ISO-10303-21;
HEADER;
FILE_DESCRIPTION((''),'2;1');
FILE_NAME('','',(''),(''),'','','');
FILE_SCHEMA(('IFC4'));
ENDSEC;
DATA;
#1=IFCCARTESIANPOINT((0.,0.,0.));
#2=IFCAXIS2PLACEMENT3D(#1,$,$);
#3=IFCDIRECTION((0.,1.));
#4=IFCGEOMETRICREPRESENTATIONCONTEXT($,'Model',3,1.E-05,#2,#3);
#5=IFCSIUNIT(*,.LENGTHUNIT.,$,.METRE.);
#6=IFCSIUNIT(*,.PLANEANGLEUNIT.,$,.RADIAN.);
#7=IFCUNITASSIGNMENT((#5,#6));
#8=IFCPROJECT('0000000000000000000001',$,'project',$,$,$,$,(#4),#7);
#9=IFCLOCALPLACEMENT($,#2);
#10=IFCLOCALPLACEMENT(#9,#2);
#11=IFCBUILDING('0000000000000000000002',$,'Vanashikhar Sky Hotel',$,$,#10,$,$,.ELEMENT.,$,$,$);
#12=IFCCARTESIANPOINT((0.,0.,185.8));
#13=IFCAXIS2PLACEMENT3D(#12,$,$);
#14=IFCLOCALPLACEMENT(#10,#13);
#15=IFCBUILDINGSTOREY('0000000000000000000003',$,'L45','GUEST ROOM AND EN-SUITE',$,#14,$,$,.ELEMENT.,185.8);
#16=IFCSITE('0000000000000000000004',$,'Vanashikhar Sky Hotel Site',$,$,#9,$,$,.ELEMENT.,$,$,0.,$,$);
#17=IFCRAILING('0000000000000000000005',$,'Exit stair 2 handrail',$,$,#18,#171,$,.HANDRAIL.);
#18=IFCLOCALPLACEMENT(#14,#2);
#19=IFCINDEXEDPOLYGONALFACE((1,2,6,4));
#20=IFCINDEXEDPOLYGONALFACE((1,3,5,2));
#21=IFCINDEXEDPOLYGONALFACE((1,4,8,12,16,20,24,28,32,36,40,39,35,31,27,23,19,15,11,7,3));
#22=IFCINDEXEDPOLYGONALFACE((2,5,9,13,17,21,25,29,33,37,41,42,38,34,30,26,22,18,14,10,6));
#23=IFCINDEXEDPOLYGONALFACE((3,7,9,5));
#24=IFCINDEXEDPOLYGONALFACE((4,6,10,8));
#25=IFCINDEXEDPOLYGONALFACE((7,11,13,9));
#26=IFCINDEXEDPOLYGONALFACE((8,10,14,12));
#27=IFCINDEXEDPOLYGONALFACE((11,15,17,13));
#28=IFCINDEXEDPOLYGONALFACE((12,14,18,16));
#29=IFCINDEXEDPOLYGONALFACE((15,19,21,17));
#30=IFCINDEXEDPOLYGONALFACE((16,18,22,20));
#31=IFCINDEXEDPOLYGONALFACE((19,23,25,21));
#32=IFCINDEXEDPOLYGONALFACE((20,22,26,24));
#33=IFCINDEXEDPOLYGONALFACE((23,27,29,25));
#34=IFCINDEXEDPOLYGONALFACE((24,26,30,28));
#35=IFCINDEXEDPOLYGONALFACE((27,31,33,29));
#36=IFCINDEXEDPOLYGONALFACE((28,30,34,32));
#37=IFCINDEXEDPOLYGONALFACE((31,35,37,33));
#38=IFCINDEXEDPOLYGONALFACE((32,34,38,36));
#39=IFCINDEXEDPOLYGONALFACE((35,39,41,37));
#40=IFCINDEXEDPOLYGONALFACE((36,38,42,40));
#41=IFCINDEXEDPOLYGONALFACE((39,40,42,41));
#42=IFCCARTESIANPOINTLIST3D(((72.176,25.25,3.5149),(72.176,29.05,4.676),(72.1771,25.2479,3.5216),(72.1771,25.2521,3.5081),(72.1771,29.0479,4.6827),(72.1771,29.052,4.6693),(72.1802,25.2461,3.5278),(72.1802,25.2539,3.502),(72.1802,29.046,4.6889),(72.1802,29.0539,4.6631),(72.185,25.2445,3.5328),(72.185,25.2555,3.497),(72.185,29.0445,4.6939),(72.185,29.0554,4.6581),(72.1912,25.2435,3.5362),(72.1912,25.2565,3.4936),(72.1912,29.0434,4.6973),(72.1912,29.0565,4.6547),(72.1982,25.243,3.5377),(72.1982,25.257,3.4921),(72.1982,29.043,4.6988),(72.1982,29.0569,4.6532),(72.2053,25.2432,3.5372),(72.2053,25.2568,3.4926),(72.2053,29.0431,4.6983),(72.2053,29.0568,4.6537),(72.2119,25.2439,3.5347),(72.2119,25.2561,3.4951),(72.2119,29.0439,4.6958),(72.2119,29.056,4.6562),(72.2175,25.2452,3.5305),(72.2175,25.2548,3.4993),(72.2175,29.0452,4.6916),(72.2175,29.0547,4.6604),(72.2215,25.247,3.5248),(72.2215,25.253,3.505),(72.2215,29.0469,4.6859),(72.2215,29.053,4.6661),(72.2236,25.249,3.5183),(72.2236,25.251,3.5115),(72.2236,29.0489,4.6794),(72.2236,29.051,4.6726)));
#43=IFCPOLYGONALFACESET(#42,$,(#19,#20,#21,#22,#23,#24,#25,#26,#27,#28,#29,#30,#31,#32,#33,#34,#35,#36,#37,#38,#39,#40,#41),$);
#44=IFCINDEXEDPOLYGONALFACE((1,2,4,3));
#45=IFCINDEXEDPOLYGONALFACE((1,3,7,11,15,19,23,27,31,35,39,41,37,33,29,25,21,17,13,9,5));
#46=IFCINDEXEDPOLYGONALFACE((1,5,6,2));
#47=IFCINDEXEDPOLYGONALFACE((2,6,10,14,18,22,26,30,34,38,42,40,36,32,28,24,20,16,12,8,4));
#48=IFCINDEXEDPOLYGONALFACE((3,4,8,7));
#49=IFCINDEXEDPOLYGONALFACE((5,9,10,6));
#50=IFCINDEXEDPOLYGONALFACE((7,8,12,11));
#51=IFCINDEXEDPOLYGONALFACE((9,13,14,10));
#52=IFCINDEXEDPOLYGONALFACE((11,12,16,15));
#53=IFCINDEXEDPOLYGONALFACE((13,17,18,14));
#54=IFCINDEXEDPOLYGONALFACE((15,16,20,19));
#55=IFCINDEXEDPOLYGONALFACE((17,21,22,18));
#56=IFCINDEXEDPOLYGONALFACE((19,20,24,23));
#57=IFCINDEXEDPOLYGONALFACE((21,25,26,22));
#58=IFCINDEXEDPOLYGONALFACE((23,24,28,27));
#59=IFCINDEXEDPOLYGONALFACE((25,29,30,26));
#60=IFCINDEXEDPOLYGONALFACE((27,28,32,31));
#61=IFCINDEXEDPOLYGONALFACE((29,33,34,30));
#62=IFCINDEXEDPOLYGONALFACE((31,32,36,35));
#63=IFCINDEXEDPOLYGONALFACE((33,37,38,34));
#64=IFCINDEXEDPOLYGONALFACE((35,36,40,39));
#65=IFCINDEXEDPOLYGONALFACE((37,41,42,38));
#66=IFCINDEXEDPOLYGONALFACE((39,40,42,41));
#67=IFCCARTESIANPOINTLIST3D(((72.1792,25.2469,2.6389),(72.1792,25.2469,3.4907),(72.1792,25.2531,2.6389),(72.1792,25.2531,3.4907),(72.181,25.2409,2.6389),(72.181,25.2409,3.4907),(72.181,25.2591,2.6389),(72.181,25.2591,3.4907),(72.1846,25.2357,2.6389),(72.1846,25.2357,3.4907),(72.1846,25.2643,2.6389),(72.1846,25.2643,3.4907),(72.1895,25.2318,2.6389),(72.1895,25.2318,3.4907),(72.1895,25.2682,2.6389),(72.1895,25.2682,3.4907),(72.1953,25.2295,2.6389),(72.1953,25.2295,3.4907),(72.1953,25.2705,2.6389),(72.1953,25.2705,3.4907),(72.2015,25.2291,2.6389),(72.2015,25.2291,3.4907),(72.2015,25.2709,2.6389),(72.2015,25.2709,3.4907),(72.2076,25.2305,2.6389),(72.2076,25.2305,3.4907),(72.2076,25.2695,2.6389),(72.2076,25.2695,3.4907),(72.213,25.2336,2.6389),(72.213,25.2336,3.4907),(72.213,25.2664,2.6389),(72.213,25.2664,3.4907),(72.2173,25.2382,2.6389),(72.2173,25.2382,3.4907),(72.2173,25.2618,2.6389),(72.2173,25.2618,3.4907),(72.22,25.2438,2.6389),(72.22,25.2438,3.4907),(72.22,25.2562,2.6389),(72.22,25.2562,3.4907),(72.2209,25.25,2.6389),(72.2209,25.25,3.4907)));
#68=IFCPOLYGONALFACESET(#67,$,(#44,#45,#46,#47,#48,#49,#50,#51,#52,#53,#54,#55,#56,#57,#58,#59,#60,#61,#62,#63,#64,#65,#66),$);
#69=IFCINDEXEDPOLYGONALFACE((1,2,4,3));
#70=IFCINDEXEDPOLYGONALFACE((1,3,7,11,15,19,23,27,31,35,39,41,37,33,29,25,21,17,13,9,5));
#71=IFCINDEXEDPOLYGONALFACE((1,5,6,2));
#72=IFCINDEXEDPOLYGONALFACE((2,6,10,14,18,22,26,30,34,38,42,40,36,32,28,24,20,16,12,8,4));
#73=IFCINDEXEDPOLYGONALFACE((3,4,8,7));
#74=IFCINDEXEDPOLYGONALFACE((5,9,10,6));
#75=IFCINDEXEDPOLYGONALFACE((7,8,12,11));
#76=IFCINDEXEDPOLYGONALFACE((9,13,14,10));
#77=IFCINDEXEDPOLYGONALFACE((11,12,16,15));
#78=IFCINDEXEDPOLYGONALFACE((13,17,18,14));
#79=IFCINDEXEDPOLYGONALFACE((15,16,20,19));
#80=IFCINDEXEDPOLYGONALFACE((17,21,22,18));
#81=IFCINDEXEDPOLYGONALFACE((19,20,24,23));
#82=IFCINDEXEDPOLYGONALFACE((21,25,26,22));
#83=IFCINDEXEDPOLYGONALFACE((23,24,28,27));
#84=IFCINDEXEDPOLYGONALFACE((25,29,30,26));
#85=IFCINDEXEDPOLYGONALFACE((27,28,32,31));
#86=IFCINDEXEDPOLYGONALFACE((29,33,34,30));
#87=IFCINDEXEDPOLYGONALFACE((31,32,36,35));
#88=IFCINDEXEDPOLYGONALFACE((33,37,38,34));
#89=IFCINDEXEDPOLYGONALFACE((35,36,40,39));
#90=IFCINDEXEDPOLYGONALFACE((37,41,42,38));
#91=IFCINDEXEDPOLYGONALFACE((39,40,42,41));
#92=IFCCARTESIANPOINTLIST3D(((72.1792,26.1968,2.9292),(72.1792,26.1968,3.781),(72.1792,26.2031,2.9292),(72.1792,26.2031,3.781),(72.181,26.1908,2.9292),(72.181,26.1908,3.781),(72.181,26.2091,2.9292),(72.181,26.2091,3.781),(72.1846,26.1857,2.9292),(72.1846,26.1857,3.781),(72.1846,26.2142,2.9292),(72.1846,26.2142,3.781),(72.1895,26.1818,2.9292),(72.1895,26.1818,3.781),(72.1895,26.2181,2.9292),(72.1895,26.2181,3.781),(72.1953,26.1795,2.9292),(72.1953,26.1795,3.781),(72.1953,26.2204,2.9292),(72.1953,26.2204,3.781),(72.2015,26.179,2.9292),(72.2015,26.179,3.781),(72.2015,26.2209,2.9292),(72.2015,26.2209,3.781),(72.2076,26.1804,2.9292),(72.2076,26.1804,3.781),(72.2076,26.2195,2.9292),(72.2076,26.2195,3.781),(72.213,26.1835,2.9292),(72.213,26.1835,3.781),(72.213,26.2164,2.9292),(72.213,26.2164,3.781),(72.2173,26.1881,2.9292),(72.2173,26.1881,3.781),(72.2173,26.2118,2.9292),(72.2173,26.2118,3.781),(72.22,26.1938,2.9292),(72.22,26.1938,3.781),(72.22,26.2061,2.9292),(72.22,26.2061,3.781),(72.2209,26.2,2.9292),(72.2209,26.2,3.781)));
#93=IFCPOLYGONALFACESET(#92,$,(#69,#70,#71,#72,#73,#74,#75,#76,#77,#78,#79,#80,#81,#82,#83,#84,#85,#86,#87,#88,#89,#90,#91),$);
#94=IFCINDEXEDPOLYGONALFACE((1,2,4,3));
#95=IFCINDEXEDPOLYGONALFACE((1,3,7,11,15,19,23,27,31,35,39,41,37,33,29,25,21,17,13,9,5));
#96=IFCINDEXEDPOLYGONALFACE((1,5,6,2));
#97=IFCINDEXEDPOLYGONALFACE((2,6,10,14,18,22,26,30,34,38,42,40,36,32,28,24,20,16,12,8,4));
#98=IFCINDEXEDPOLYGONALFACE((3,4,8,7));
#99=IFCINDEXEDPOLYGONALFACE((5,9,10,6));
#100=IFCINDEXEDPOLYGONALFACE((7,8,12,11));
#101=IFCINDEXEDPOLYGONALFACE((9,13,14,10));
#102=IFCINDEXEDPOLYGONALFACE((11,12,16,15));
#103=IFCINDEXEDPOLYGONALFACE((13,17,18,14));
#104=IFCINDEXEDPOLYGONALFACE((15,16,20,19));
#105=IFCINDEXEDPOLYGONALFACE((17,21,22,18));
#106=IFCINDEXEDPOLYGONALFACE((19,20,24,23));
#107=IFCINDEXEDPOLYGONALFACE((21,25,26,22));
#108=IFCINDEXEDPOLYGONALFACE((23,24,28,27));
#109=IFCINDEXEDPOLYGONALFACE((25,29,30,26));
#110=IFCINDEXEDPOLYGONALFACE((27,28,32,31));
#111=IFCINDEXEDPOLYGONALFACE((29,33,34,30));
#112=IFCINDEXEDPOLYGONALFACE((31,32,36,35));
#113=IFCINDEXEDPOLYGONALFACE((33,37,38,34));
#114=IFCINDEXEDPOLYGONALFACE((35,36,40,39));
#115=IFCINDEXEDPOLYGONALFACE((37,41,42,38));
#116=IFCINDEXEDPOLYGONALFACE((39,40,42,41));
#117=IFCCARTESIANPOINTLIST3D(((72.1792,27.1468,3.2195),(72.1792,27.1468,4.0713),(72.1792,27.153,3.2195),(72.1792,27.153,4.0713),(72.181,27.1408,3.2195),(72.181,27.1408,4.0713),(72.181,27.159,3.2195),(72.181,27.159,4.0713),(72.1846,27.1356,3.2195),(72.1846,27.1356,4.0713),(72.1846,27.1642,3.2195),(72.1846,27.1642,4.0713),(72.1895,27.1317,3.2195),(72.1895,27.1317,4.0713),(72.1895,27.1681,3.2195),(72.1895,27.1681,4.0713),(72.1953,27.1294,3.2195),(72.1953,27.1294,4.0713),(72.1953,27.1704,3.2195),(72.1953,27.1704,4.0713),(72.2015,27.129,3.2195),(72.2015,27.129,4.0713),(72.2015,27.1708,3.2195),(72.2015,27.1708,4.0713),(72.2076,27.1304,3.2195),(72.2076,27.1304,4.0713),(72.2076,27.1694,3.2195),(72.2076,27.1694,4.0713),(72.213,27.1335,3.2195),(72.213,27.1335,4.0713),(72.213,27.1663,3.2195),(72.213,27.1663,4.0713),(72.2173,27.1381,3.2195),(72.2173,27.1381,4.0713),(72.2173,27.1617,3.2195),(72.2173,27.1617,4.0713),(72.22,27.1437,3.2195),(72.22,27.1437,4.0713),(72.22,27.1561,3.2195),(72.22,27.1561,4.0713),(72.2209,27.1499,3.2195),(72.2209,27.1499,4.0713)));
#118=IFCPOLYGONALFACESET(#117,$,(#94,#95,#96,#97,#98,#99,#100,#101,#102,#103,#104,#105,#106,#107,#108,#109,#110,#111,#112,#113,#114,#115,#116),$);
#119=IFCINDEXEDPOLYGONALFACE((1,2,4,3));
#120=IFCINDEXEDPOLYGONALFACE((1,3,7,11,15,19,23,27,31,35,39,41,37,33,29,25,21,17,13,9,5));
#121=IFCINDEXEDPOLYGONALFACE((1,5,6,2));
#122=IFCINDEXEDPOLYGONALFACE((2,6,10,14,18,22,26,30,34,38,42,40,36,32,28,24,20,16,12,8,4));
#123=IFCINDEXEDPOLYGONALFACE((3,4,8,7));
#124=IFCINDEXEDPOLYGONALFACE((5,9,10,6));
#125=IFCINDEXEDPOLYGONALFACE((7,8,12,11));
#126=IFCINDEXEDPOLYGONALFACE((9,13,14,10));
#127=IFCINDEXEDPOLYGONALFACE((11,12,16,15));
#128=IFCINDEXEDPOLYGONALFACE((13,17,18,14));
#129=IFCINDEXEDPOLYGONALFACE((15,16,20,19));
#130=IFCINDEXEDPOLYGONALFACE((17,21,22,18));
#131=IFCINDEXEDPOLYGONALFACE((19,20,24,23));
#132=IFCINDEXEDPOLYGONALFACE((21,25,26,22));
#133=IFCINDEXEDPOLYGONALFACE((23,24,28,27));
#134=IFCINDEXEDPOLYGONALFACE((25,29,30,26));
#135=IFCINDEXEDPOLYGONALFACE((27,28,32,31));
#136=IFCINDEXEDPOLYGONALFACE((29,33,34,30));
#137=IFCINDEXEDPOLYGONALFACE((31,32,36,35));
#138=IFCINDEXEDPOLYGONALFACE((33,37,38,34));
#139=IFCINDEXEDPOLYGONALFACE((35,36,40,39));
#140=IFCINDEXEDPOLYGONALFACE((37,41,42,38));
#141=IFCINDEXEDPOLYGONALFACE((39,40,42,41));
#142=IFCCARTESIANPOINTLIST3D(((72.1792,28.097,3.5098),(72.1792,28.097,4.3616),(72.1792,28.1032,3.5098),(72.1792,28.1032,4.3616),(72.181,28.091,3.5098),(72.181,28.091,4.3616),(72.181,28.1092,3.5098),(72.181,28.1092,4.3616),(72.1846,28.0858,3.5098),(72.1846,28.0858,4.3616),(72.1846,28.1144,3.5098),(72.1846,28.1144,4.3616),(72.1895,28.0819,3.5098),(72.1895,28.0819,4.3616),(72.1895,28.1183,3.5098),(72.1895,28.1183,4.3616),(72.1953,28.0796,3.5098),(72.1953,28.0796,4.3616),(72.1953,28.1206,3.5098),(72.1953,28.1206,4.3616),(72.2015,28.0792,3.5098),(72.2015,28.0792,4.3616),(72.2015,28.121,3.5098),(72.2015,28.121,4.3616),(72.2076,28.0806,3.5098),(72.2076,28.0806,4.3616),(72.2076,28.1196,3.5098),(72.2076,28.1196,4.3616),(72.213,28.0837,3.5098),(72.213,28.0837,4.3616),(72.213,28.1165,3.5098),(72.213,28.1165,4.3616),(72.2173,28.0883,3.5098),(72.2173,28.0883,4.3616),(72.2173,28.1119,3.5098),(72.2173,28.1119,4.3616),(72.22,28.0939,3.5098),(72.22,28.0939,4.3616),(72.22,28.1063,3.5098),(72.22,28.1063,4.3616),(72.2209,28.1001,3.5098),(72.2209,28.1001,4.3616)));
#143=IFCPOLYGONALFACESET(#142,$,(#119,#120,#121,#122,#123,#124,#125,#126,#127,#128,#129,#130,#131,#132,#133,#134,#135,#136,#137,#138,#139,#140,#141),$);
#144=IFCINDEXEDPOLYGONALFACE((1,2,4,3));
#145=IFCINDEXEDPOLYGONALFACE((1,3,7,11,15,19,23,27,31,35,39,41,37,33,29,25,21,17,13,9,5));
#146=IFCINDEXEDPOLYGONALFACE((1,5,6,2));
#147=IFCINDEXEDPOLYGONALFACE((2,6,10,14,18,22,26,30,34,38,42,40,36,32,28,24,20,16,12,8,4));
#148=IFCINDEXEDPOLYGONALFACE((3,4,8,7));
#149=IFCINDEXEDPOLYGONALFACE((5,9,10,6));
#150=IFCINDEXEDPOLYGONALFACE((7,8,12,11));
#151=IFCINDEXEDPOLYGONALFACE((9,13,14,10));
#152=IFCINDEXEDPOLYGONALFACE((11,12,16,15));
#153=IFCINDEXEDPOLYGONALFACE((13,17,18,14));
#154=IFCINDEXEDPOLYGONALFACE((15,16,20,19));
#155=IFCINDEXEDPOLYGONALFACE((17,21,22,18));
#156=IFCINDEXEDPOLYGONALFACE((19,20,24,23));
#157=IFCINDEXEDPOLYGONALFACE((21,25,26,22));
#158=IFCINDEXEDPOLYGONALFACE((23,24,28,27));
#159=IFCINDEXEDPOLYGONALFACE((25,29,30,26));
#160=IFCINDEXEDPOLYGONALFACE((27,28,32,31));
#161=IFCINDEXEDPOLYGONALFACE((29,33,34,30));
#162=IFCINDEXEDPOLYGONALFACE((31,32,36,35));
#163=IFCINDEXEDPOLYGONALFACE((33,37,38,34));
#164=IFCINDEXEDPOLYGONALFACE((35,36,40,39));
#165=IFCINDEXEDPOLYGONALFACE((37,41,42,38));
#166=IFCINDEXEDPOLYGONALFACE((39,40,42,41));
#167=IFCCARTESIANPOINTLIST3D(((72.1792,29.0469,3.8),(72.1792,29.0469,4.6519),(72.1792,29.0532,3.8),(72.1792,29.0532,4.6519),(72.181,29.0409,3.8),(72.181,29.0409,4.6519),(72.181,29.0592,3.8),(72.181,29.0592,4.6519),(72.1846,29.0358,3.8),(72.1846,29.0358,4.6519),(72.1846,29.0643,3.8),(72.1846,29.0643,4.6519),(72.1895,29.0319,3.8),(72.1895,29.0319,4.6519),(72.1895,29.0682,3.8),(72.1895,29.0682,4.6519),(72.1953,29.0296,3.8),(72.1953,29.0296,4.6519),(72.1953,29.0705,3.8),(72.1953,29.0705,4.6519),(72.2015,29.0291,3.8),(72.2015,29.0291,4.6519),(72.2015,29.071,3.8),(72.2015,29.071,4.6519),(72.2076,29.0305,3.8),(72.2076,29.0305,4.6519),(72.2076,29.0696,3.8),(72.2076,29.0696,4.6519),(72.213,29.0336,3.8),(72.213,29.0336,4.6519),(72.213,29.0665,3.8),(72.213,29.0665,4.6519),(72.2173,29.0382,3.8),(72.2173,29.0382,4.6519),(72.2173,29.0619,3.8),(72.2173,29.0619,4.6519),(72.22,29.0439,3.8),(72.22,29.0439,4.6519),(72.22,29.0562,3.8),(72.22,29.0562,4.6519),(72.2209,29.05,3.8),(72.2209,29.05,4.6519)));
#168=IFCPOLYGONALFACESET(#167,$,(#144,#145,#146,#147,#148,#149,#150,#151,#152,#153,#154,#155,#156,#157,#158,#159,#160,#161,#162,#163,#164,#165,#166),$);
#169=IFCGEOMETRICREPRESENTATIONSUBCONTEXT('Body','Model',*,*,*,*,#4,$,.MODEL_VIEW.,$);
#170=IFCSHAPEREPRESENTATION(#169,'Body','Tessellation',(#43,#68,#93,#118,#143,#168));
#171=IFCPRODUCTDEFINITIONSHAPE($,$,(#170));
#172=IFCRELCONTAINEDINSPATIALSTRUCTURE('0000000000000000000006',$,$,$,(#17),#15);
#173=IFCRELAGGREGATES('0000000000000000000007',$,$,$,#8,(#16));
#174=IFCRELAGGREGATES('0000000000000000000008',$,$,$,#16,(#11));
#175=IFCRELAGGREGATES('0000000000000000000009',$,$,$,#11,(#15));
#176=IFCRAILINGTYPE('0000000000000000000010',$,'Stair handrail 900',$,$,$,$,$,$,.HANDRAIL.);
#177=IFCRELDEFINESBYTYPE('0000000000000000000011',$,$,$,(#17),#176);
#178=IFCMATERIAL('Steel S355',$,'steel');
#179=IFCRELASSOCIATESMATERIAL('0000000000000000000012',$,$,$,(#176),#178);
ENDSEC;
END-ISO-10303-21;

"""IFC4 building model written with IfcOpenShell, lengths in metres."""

from ifc_helpers import new_model, si_unit, direction, frame, origin, origin_2d, place, context, subcontext, project, spatial, circle, extrude, source, transform, mapped, material, type_object, element, save


model = new_model("IFC4")

# Units and contexts
model_context = context("Model", 3, precision=1e-05, world=origin(), true_north=direction((0.0, 1.0)))
body_context = subcontext(model_context, "Body", "Model", "MODEL_VIEW")
ifc_project = project(units=[si_unit("LENGTHUNIT", "METRE"), si_unit("PLANEANGLEUNIT", "RADIAN")], contexts=[model_context])

# Site, building, storey
site_placement = place(None, origin())
site = spatial("IfcSite", under=ifc_project, at=site_placement, Name="Vanashikhar Sky Hotel Site", CompositionType="ELEMENT", RefElevation=0.0)
building_placement = place(site_placement, origin())
building = spatial("IfcBuilding", under=site, at=building_placement, Name="Vanashikhar Sky Hotel", CompositionType="ELEMENT")
storey_placement = place(building_placement, frame((0.0, 0.0, 185.8)))
storey = spatial("IfcBuildingStorey", under=building, at=storey_placement, Name="L45", Description="GUEST ROOM AND EN-SUITE", CompositionType="ELEMENT", Elevation=185.8)

# Railing
ifc_material_1 = material(Name="Steel S355", Category="steel")
railing_type_1 = type_object("IfcRailingType", Name="Stair handrail 900", PredefinedType="HANDRAIL", material=ifc_material_1)
shared_shape_1 = source(origin(), body_context, "Body", "SweptSolid", [
    extrude(circle(Radius=0.0239, at=origin_2d()), frame((0.0, 0.0, 0.876), z_axis=(0.0, 0.956351, 0.29222), x_axis=(-1.0, 0.0, 0.0)), (0.0, 0.0, 1.0), 3.9734),
    extrude(circle(Radius=0.021, at=origin_2d()), origin(), (0.0, 0.0, 1.0), 0.8518),
    extrude(circle(Radius=0.021, at=origin_2d()), frame((0.0, 0.95, 0.2903)), (0.0, 0.0, 1.0), 0.8518),
    extrude(circle(Radius=0.021, at=origin_2d()), frame((0.0, 1.8999, 0.5806)), (0.0, 0.0, 1.0), 0.8518),
    extrude(circle(Radius=0.021, at=origin_2d()), frame((0.0, 2.8501, 0.8708)), (0.0, 0.0, 1.0), 0.8518),
    extrude(circle(Radius=0.021, at=origin_2d()), frame((0.0, 3.8, 1.1611)), (0.0, 0.0, 1.0), 0.8518),
])
for number, where, name in (
    (1, (72.2, 25.25, 2.6389), "Exit stair 2 handrail"),
):
    element("IfcRailing", number, at=place(storey_placement, frame(where)), inside=storey, type_object=railing_type_1, Name=name, PredefinedType="HANDRAIL", context=body_context, shape_type="MappedRepresentation", body=[
        mapped(shared_shape_1, transform((0.0, 0.0, 0.0), scale=1.0)),
    ])

save(model, "model.ifc")
